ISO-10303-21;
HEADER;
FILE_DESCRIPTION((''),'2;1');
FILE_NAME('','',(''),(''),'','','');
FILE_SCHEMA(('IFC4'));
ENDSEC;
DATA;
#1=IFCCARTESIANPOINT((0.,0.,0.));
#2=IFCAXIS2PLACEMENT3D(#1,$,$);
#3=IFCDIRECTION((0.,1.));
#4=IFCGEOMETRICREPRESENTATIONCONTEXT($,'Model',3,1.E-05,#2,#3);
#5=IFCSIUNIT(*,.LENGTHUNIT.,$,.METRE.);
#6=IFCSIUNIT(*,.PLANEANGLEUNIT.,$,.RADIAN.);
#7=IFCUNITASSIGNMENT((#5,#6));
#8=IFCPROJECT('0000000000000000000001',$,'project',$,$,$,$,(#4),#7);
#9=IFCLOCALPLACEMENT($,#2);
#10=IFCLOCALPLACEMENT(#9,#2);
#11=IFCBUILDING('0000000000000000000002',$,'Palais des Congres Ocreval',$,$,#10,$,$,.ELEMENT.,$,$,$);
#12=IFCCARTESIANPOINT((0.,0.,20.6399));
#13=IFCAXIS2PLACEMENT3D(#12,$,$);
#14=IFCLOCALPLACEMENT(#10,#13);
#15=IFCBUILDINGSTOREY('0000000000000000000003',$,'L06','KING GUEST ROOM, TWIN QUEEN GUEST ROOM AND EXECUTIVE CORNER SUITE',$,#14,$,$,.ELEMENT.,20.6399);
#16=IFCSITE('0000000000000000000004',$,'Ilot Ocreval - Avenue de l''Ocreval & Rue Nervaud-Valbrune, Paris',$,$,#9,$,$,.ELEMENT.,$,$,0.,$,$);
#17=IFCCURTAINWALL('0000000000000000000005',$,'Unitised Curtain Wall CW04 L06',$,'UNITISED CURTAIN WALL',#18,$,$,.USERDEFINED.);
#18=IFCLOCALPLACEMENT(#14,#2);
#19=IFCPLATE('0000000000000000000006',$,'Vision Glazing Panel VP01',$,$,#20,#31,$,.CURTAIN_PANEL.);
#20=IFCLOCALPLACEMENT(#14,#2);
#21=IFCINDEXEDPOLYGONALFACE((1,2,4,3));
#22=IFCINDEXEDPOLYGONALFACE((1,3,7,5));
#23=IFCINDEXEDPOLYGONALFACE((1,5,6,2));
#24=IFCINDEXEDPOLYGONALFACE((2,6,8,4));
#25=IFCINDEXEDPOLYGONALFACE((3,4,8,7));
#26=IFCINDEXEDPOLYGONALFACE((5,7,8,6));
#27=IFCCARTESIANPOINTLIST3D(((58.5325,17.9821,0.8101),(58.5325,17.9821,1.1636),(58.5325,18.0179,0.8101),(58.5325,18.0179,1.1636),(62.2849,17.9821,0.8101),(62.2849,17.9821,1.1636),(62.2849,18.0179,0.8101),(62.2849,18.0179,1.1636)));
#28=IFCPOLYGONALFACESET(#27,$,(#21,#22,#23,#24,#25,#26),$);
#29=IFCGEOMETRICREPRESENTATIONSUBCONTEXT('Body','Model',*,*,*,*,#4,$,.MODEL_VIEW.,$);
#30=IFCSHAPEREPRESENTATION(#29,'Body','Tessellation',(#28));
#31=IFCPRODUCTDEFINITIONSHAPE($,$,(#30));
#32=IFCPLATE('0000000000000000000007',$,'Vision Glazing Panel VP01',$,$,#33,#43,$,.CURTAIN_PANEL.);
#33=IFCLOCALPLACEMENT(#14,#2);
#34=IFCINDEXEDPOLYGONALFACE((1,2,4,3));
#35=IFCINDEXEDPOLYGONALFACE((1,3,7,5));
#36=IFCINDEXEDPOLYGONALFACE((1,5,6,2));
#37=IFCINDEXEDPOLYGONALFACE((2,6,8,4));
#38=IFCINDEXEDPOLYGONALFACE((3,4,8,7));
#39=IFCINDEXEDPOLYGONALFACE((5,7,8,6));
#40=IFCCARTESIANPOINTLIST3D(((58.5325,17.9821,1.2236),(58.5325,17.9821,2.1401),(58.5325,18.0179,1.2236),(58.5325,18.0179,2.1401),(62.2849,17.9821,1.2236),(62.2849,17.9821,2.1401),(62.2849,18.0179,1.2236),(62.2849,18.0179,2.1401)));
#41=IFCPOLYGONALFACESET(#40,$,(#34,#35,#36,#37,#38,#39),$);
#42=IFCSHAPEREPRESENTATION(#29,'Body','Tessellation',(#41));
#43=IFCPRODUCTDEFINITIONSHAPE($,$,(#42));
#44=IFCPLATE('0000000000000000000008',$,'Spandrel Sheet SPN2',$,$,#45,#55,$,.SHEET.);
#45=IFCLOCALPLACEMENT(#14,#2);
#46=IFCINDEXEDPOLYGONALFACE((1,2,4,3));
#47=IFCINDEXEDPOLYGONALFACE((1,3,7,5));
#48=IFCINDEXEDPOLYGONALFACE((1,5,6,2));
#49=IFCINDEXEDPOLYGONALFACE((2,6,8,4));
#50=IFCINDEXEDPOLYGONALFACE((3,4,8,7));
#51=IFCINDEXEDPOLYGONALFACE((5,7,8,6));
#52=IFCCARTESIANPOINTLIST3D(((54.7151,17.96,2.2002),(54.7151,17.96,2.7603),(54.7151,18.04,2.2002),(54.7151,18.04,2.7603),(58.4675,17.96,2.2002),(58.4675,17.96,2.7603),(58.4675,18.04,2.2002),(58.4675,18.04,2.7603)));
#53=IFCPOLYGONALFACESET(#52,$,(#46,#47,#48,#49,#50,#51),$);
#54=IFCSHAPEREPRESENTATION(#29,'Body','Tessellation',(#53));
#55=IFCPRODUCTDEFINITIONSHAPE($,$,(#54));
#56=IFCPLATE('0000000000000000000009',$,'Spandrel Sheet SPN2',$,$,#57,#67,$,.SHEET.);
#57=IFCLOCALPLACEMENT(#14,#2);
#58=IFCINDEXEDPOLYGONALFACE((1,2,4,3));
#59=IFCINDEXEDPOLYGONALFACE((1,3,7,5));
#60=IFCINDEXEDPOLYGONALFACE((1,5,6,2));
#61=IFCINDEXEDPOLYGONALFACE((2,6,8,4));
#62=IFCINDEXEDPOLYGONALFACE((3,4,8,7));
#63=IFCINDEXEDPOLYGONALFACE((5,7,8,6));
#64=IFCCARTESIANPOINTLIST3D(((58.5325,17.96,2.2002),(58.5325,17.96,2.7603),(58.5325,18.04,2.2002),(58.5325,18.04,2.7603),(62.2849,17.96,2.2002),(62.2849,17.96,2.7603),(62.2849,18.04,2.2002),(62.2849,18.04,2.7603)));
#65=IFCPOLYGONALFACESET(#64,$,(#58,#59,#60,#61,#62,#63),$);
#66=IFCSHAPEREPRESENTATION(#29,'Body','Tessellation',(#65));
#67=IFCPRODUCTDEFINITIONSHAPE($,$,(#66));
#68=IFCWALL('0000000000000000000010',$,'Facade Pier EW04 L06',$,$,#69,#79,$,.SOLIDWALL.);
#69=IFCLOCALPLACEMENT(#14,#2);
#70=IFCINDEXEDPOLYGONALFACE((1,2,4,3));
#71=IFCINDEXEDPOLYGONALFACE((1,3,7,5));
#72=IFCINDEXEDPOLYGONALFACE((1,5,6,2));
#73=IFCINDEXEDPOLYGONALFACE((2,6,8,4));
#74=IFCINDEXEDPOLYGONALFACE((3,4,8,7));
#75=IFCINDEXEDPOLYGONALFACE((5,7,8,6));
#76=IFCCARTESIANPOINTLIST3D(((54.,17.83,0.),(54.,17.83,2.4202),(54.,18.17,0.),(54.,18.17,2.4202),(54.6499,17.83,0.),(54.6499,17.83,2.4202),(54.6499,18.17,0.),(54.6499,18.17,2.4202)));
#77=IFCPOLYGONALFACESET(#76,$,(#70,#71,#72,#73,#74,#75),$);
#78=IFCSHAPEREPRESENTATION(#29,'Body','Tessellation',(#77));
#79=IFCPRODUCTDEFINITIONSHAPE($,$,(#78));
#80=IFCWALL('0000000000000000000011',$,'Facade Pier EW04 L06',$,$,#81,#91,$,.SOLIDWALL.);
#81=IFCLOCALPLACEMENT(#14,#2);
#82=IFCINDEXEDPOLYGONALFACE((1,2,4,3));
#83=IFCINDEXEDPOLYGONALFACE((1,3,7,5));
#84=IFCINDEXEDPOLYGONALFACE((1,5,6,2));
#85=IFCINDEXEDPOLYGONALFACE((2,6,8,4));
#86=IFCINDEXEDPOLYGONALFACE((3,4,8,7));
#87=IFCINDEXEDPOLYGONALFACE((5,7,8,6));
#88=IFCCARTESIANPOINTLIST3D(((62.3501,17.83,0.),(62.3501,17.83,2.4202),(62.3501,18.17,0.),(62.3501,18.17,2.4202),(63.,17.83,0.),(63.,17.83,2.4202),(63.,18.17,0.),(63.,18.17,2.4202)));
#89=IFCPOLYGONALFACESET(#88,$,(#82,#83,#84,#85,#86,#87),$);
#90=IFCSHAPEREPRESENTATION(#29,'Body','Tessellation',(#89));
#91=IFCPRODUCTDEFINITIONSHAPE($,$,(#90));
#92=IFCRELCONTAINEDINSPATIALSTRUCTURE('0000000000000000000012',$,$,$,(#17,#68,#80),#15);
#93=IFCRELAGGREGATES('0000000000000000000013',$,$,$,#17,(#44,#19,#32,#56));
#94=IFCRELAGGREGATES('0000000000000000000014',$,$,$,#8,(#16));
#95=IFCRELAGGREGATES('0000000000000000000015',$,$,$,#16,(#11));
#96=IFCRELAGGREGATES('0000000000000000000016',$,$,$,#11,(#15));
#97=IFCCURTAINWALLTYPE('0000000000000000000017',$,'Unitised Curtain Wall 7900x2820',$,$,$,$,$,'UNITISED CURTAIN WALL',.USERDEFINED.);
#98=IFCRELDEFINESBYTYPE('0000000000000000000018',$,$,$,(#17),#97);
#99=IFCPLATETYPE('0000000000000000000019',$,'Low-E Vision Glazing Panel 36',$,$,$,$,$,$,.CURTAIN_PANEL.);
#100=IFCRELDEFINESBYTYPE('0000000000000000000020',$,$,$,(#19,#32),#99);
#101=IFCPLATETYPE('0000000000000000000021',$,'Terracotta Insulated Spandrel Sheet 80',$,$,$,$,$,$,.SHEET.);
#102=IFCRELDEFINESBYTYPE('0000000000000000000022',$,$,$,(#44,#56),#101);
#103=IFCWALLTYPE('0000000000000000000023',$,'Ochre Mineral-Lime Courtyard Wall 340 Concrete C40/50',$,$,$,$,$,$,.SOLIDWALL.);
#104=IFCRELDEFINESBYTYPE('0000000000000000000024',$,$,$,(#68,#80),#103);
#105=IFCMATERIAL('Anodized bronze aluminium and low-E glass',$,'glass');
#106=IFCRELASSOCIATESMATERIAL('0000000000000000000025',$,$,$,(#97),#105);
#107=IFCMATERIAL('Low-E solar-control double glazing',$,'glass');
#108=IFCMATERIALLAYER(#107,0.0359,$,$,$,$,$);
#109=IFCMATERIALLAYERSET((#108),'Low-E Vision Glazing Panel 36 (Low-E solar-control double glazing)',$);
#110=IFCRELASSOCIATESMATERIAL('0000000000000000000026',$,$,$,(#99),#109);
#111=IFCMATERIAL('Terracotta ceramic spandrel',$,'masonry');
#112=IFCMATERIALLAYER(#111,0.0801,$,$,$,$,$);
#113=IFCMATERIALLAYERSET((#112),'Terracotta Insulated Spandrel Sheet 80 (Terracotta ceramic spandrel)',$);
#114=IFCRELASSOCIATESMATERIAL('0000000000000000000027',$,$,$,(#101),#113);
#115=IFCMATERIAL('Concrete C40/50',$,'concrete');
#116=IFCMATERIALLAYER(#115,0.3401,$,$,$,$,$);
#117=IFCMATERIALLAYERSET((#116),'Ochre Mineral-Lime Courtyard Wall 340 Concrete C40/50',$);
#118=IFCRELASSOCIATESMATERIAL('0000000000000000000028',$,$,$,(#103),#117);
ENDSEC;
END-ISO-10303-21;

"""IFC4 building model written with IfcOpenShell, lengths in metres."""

from ifc_helpers import new_model, si_unit, direction, frame, frame_2d, origin, origin_2d, place, context, subcontext, project, spatial, rectangle, extrude, material, layer, layer_set, type_object, element, aggregate, save


model = new_model("IFC4")

# Units and contexts
model_context = context("Model", 3, precision=1e-05, world=origin(), true_north=direction((0.0, 1.0)))
body_context = subcontext(model_context, "Body", "Model", "MODEL_VIEW")
ifc_project = project(units=[si_unit("LENGTHUNIT", "METRE"), si_unit("PLANEANGLEUNIT", "RADIAN")], contexts=[model_context])

# Site, building, storey
site_placement = place(None, origin())
site = spatial("IfcSite", under=ifc_project, at=site_placement, Name="Ilot Ocreval - Avenue de l'Ocreval & Rue Nervaud-Valbrune, Paris", CompositionType="ELEMENT", RefElevation=0.0)
building_placement = place(site_placement, origin())
building = spatial("IfcBuilding", under=site, at=building_placement, Name="Palais des Congres Ocreval", CompositionType="ELEMENT")
storey_placement = place(building_placement, frame((0.0, 0.0, 20.6399)))
storey = spatial("IfcBuildingStorey", under=building, at=storey_placement, Name="L06", Description="KING GUEST ROOM, TWIN QUEEN GUEST ROOM AND EXECUTIVE CORNER SUITE", CompositionType="ELEMENT", Elevation=20.6399)

# Curtain wall
ifc_material_1 = material(Name="Anodized bronze aluminium and low-E glass", Category="glass")
curtain_wall_type = type_object("IfcCurtainWallType", Name="Unitised Curtain Wall 7900x2820", ElementType="UNITISED CURTAIN WALL", PredefinedType="USERDEFINED", material=ifc_material_1)
curtain_wall_1_placement = place(storey_placement, origin())
curtain_wall_1 = element("IfcCurtainWall", 1, at=curtain_wall_1_placement, inside=storey, type_object=curtain_wall_type, Name="Unitised Curtain Wall CW04 L06", ObjectType="UNITISED CURTAIN WALL", PredefinedType="USERDEFINED")

# Plates
ifc_material_2 = material(Name="Low-E solar-control double glazing", Category="glass")
ifc_layer_1 = layer(ifc_material_2, 0.0359)
ifc_layer_set_1 = layer_set([ifc_layer_1], Name="Low-E Vision Glazing Panel 36 (Low-E solar-control double glazing)")
plate_type_1 = type_object("IfcPlateType", Name="Low-E Vision Glazing Panel 36", PredefinedType="CURTAIN_PANEL", material=ifc_layer_set_1)
plate_1_placement = place(storey_placement, frame((60.4087, 18.0, 0.8101), z_axis=(0.0, 0.0, 1.0), x_axis=(1.0, 0.0, 0.0)))
plate_1 = element("IfcPlate", 2, at=plate_1_placement, type_object=plate_type_1, Name="Vision Glazing Panel VP01", PredefinedType="CURTAIN_PANEL", context=body_context, shape_type="SweptSolid", body=[
    extrude(rectangle(XDim=3.7524, YDim=0.0359, at=origin_2d()), origin(), (0.0, 0.0, 1.0), 0.3535),
])
plate_2_placement = place(storey_placement, frame((60.4087, 18.0, 1.2236), z_axis=(0.0, 0.0, 1.0), x_axis=(1.0, 0.0, 0.0)))
plate_2 = element("IfcPlate", 3, at=plate_2_placement, type_object=plate_type_1, Name="Vision Glazing Panel VP01", PredefinedType="CURTAIN_PANEL", context=body_context, shape_type="SweptSolid", body=[
    extrude(rectangle(XDim=3.7524, YDim=0.0359, at=origin_2d()), origin(), (0.0, 0.0, 1.0), 0.9165),
])
ifc_material_3 = material(Name="Terracotta ceramic spandrel", Category="masonry")
ifc_layer_2 = layer(ifc_material_3, 0.0801)
ifc_layer_set_2 = layer_set([ifc_layer_2], Name="Terracotta Insulated Spandrel Sheet 80 (Terracotta ceramic spandrel)")
plate_type_2 = type_object("IfcPlateType", Name="Terracotta Insulated Spandrel Sheet 80", PredefinedType="SHEET", material=ifc_layer_set_2)
plate_3_placement = place(storey_placement, frame((56.5913, 18.0, 2.2002), z_axis=(0.0, 0.0, 1.0), x_axis=(1.0, 0.0, 0.0)))
plate_3 = element("IfcPlate", 4, at=plate_3_placement, type_object=plate_type_2, Name="Spandrel Sheet SPN2", PredefinedType="SHEET", context=body_context, shape_type="SweptSolid", body=[
    extrude(rectangle(XDim=3.7524, YDim=0.0801, at=origin_2d()), origin(), (0.0, 0.0, 1.0), 0.5601),
])
plate_4_placement = place(storey_placement, frame((60.4087, 18.0, 2.2002), z_axis=(0.0, 0.0, 1.0), x_axis=(1.0, 0.0, 0.0)))
plate_4 = element("IfcPlate", 5, at=plate_4_placement, type_object=plate_type_2, Name="Spandrel Sheet SPN2", PredefinedType="SHEET", context=body_context, shape_type="SweptSolid", body=[
    extrude(rectangle(XDim=3.7524, YDim=0.0801, at=origin_2d()), origin(), (0.0, 0.0, 1.0), 0.5601),
])
aggregate(curtain_wall_1, [plate_3, plate_1, plate_2, plate_4])

# Walls
ifc_material_4 = material(Name="Concrete C40/50", Category="concrete")
ifc_layer_3 = layer(ifc_material_4, 0.3401)
ifc_layer_set_3 = layer_set([ifc_layer_3], Name="Ochre Mineral-Lime Courtyard Wall 340 Concrete C40/50")
wall_type = type_object("IfcWallType", Name="Ochre Mineral-Lime Courtyard Wall 340 Concrete C40/50", PredefinedType="SOLIDWALL", material=ifc_layer_set_3)
for number, where, z_axis, x_axis, name in (
    (6, (54.0, 18.0, 0.0), (0.0, 0.0, 1.0), (1.0, 0.0, 0.0), "Facade Pier EW04 L06"),
    (7, (62.3501, 18.0, 0.0), (0.0, 0.0, 1.0), (1.0, 0.0, 0.0), "Facade Pier EW04 L06"),
):
    element("IfcWall", number, at=place(storey_placement, frame(where, z_axis=z_axis, x_axis=x_axis)), inside=storey, type_object=wall_type, Name=name, PredefinedType="SOLIDWALL", context=body_context, shape_type="SweptSolid", body=[
        extrude(rectangle(XDim=0.6499, YDim=0.3401, at=frame_2d((0.325, 0.0))), origin(), (0.0, 0.0, 1.0), 2.4202),
    ])

save(model, "model.ifc")
